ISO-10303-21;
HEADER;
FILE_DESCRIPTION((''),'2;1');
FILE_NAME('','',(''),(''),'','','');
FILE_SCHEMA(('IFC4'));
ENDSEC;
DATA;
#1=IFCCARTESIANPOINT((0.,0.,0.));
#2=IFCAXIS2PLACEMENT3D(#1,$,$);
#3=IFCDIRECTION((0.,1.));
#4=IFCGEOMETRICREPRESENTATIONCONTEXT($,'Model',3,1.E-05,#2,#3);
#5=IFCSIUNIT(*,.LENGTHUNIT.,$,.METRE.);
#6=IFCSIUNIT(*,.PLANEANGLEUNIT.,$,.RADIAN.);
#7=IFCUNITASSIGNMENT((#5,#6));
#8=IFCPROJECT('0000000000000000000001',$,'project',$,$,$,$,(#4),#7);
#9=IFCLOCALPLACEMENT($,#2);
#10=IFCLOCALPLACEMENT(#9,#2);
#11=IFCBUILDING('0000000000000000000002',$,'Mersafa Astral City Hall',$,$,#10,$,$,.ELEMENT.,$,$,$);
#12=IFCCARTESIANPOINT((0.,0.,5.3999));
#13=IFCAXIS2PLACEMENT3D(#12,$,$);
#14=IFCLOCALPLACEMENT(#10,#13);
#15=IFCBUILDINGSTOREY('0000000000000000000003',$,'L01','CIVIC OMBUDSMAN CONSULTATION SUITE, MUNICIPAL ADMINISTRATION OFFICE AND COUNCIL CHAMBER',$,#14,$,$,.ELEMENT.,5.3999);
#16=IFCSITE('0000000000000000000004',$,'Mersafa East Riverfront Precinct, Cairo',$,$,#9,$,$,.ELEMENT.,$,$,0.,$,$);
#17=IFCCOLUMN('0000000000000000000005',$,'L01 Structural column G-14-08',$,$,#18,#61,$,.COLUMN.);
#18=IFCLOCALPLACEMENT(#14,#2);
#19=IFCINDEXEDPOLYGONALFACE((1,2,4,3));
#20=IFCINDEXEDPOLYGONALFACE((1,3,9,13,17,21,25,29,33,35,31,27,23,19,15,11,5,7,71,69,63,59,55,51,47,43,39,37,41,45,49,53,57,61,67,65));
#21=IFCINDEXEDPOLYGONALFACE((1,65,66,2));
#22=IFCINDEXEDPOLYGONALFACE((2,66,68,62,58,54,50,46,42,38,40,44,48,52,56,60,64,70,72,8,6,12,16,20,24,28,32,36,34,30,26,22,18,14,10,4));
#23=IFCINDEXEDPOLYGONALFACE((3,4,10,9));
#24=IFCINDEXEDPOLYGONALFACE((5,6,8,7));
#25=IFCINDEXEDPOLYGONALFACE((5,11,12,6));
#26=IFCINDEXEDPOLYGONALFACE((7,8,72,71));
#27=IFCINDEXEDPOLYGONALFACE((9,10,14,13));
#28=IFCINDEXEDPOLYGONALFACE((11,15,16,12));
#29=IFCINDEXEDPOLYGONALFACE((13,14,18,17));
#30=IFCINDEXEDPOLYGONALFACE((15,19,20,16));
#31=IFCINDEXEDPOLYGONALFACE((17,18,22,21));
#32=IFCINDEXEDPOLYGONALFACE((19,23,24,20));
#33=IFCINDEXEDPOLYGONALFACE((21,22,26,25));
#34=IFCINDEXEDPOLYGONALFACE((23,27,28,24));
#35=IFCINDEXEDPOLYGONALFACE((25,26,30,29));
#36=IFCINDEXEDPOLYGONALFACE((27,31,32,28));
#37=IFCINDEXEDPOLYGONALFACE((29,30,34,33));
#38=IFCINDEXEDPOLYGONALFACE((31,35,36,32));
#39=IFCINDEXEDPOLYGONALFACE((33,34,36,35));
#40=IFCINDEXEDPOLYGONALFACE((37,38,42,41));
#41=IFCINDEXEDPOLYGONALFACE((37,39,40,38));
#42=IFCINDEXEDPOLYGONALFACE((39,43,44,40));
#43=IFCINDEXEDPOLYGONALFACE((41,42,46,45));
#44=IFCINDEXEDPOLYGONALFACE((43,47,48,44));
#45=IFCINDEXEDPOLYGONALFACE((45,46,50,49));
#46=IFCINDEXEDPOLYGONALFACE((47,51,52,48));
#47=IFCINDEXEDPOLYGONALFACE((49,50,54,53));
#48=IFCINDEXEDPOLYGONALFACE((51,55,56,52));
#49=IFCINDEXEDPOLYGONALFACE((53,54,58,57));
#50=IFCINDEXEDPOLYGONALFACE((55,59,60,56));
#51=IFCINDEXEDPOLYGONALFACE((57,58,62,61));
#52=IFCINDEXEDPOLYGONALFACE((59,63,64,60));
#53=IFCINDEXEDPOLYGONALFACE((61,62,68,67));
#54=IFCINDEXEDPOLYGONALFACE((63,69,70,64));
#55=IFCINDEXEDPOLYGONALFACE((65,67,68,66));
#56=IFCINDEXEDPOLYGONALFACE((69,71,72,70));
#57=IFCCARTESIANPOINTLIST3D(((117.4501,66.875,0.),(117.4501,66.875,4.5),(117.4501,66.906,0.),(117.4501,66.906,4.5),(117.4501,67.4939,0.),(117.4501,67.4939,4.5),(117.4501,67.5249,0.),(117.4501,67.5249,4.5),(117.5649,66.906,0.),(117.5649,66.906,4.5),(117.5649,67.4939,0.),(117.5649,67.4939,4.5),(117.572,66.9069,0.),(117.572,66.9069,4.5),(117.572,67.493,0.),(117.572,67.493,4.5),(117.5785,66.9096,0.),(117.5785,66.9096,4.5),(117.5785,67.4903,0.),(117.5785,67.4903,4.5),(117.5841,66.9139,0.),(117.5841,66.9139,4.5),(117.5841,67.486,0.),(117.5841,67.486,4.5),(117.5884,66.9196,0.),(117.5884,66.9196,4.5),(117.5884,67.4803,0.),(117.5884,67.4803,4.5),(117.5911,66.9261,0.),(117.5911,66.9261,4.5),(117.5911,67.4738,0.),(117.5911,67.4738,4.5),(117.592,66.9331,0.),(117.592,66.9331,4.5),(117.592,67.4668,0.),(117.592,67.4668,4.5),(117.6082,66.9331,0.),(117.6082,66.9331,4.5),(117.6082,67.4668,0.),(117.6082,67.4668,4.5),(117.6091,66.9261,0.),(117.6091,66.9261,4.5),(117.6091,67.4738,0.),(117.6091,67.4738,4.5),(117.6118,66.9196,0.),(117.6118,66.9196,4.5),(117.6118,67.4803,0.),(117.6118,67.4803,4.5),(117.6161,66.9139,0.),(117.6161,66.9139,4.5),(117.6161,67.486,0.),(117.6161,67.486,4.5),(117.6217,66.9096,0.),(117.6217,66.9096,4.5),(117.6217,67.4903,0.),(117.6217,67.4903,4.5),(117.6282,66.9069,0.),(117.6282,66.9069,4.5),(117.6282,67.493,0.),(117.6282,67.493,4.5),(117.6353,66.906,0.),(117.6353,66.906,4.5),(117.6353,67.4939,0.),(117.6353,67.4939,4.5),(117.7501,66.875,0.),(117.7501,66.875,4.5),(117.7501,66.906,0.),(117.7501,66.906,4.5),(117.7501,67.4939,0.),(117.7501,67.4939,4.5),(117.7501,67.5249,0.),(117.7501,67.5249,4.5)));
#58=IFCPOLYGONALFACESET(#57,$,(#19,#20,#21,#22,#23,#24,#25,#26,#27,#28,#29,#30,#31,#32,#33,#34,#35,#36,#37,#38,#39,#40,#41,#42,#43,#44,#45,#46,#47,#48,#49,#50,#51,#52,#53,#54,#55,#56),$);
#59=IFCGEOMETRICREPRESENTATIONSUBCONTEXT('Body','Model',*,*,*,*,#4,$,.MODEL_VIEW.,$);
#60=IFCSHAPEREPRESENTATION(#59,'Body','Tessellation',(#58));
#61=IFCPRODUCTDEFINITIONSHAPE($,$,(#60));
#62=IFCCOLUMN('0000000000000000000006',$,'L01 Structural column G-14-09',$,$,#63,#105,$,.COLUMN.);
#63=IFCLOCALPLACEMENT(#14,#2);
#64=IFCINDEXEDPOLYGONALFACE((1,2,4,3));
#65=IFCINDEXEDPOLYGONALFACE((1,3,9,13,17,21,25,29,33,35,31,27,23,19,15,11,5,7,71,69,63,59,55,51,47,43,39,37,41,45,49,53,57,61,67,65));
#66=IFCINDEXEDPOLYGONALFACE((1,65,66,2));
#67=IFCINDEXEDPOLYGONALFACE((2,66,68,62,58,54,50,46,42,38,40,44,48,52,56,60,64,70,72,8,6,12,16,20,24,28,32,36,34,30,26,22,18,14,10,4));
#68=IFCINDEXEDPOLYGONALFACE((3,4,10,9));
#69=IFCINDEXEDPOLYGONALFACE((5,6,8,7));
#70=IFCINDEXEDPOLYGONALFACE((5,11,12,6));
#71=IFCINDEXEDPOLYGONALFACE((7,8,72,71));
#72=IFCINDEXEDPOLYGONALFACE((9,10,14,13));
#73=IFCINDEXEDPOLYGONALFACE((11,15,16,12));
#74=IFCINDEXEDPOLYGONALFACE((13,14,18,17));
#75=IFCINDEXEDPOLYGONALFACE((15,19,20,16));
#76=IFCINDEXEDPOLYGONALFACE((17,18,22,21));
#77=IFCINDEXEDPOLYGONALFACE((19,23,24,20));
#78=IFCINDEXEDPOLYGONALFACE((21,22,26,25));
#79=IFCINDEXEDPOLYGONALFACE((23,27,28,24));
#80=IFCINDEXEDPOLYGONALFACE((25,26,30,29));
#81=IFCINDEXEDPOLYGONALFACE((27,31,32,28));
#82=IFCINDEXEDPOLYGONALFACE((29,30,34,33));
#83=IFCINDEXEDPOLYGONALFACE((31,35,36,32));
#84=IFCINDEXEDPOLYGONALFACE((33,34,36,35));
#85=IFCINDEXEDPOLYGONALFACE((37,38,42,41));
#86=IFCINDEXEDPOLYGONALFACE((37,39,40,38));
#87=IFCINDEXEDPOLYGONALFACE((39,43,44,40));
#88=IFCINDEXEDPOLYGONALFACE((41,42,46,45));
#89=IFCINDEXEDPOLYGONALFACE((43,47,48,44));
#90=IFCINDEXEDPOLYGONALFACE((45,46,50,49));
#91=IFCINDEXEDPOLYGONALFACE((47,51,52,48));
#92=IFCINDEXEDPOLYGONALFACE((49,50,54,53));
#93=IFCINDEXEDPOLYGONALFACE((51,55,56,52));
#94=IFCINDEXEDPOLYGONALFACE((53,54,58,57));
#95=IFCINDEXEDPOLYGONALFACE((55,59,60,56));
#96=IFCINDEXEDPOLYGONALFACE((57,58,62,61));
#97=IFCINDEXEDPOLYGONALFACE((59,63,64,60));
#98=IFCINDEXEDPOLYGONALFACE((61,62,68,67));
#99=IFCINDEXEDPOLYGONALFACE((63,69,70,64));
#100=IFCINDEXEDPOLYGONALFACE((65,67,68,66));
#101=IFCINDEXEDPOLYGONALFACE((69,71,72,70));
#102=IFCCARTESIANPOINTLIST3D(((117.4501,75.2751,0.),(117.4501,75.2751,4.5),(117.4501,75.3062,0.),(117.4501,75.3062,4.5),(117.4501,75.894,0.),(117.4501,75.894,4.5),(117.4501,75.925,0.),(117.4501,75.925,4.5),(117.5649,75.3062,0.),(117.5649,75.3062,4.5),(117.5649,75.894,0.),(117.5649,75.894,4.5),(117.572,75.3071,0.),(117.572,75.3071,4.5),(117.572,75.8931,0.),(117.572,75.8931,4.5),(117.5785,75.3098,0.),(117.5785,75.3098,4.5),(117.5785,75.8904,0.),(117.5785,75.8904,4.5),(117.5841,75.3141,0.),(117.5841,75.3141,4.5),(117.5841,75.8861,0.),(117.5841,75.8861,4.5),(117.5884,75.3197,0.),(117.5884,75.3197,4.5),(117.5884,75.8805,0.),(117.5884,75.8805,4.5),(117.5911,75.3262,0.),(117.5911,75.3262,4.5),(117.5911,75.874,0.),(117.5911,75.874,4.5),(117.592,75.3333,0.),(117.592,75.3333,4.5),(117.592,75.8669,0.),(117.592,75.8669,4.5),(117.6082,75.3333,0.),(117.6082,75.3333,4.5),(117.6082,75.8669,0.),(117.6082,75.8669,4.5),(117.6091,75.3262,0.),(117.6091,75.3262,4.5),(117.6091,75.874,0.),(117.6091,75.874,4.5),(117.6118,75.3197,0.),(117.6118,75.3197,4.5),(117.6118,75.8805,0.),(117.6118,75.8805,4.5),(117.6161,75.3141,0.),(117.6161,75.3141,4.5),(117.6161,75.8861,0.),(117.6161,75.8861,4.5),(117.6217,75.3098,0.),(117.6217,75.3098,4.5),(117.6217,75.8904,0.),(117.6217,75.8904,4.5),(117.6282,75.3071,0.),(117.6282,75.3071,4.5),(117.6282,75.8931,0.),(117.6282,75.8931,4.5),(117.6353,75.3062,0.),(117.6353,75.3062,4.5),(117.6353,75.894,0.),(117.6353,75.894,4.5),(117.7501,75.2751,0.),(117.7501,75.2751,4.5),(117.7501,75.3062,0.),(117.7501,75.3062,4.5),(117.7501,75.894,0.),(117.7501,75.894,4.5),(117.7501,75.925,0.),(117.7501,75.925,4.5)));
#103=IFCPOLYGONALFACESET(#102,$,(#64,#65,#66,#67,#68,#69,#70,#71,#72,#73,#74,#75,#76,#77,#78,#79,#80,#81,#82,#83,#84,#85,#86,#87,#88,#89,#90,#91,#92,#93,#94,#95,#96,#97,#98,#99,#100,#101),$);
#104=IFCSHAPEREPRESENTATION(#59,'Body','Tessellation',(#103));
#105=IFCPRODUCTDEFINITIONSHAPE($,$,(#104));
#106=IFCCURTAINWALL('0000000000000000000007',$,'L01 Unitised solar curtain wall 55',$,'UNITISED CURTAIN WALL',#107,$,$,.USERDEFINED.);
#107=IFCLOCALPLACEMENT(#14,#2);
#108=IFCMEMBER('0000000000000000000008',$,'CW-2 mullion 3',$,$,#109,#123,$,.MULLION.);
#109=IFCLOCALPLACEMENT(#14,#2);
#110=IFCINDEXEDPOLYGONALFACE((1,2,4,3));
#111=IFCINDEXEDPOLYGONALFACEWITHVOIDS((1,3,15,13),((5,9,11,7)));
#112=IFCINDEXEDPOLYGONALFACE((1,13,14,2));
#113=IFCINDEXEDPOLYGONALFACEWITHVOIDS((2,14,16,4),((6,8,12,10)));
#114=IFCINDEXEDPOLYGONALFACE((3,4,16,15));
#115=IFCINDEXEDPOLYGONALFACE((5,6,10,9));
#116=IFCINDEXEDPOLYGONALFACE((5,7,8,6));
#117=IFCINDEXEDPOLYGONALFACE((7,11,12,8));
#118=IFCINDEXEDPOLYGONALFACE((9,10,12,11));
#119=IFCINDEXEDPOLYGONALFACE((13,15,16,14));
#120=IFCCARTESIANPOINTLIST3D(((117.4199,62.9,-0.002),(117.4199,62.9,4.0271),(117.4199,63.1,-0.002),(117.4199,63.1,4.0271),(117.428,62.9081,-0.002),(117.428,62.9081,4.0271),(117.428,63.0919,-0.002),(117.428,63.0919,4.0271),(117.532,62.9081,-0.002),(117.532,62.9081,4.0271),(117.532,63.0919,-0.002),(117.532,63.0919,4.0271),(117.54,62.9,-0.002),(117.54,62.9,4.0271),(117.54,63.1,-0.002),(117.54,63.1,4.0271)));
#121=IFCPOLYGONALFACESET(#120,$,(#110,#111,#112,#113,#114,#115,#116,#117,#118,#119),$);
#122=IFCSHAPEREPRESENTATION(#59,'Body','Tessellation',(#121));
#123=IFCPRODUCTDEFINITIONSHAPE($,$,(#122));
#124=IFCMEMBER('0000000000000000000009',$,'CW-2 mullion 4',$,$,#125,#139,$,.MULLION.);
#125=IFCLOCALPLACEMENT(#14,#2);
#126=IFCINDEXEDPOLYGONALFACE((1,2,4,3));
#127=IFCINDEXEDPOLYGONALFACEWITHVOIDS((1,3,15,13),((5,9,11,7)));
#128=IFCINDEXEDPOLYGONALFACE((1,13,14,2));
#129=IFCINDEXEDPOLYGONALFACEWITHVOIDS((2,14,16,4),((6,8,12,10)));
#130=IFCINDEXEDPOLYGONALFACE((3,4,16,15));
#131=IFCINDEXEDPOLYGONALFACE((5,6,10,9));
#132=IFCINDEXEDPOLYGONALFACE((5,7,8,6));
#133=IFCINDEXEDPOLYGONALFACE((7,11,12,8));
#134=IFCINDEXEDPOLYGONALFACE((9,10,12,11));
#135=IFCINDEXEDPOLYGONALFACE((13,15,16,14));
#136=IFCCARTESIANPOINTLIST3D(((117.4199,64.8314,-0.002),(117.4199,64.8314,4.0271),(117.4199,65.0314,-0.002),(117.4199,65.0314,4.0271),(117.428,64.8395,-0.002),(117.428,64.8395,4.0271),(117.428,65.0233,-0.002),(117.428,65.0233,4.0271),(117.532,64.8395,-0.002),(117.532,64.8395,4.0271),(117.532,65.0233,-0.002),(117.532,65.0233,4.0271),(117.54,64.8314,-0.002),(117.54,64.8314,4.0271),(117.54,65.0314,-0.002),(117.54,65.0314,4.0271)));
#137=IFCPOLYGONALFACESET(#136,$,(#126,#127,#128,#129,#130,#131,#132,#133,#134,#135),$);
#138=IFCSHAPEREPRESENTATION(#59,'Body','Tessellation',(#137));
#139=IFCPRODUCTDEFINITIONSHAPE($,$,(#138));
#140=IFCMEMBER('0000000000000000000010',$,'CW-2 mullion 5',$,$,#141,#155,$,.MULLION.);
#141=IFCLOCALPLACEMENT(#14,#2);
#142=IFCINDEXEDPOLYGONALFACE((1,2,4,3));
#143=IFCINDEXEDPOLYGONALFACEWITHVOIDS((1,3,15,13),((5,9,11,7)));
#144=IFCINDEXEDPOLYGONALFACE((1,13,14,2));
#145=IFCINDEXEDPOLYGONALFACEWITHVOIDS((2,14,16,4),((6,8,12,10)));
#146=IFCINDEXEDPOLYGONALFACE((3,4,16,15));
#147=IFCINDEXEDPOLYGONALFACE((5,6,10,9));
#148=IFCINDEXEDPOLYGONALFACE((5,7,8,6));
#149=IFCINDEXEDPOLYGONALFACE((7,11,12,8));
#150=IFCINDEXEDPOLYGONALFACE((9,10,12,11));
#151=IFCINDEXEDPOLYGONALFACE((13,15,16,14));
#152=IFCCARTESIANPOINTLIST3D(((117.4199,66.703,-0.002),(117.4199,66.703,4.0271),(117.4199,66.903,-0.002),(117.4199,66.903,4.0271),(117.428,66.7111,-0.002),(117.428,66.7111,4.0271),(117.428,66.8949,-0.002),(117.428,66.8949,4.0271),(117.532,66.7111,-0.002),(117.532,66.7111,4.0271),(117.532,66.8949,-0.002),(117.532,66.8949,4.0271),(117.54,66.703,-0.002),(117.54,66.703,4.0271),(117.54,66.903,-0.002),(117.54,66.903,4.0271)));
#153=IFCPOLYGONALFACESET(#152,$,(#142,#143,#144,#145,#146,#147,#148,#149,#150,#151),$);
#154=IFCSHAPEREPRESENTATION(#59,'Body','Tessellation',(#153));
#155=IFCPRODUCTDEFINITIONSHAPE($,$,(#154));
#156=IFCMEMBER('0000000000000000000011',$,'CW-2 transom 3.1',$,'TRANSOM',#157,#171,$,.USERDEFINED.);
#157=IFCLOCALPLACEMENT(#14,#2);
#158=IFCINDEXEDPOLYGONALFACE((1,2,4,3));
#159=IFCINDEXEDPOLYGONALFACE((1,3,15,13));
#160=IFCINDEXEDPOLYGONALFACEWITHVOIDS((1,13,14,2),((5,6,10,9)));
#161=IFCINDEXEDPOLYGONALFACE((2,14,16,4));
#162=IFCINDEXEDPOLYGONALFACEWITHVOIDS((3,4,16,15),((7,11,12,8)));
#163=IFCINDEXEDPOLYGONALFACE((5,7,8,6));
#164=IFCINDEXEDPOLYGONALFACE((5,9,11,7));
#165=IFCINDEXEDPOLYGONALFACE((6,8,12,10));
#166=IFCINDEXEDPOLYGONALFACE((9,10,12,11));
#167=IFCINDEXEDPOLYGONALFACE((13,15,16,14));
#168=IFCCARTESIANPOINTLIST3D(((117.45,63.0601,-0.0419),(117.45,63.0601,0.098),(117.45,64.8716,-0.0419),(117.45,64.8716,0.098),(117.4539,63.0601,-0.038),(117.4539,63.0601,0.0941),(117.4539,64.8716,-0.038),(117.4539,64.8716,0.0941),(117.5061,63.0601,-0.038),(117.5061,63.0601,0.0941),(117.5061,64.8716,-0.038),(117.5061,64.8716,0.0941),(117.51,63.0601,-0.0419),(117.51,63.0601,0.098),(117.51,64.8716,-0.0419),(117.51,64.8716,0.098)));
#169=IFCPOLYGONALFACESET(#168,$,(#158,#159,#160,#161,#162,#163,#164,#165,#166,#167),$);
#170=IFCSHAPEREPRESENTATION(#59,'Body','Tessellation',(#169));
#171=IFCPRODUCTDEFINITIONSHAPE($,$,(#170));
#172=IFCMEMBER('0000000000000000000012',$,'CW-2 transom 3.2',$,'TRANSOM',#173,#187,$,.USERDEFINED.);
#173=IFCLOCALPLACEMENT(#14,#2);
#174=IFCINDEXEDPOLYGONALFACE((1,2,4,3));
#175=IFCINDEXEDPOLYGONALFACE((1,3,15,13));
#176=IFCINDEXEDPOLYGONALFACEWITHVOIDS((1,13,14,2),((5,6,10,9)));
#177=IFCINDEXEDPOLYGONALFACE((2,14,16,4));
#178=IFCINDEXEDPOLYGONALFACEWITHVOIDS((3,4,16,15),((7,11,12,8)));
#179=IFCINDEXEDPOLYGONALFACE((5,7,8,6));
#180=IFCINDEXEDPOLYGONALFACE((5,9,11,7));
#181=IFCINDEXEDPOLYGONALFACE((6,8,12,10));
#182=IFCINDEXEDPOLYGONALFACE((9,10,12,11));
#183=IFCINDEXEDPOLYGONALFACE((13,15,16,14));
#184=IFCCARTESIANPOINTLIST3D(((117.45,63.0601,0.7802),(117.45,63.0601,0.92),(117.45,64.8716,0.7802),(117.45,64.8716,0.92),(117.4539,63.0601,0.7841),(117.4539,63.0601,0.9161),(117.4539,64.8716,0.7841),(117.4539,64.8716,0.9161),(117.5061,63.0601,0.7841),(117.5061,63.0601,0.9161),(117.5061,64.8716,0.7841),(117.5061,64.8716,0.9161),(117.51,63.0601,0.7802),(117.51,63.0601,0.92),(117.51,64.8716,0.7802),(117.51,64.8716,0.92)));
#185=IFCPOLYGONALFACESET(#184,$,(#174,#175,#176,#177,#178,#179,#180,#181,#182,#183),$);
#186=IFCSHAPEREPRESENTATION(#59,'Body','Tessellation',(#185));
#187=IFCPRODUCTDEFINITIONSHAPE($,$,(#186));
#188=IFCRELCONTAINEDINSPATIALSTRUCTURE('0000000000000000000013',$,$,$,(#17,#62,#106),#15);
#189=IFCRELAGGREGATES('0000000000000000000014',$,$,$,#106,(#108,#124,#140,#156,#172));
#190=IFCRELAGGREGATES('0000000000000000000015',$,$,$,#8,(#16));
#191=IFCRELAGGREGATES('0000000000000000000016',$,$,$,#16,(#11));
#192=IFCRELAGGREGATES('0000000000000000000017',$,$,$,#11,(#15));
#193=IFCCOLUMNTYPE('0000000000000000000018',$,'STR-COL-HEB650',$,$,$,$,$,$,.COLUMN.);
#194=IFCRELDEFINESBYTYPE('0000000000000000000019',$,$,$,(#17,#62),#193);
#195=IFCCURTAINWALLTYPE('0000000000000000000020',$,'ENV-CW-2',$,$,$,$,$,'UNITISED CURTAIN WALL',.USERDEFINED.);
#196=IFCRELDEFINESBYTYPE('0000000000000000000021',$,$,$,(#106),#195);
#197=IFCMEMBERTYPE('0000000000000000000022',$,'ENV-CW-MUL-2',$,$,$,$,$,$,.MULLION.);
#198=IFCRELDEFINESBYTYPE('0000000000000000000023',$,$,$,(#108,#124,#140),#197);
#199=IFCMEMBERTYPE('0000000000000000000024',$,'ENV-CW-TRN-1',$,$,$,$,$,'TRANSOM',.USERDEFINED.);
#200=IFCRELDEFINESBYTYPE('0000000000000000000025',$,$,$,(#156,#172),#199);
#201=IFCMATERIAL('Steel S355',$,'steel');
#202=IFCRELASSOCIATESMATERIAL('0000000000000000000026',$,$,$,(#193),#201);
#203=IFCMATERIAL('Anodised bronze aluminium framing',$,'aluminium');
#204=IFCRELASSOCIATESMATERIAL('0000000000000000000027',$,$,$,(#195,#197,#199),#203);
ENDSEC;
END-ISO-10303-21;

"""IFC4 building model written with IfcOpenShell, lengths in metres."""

from ifc_helpers import new_model, si_unit, direction, frame, origin, origin_2d, place, context, subcontext, project, spatial, hollow_rectangle, i_section, extrude, material, material_profile, profile_set, type_object, element, aggregate, save


model = new_model("IFC4")

# Units and contexts
model_context = context("Model", 3, precision=1e-05, world=origin(), true_north=direction((0.0, 1.0)))
body_context = subcontext(model_context, "Body", "Model", "MODEL_VIEW")
ifc_project = project(units=[si_unit("LENGTHUNIT", "METRE"), si_unit("PLANEANGLEUNIT", "RADIAN")], contexts=[model_context])

# Site, building, storey
site_placement = place(None, origin())
site = spatial("IfcSite", under=ifc_project, at=site_placement, Name="Mersafa East Riverfront Precinct, Cairo", CompositionType="ELEMENT", RefElevation=0.0)
building_placement = place(site_placement, origin())
building = spatial("IfcBuilding", under=site, at=building_placement, Name="Mersafa Astral City Hall", CompositionType="ELEMENT")
storey_placement = place(building_placement, frame((0.0, 0.0, 5.3999)))
storey = spatial("IfcBuildingStorey", under=building, at=storey_placement, Name="L01", Description="CIVIC OMBUDSMAN CONSULTATION SUITE, MUNICIPAL ADMINISTRATION OFFICE AND COUNCIL CHAMBER", CompositionType="ELEMENT", Elevation=5.3999)

# Columns
ifc_material_1 = material(Name="Steel S355", Category="steel")
ifc_material_profile_1 = material_profile(ifc_material_1, i_section(OverallWidth=0.3, OverallDepth=0.6499, WebThickness=0.0161, FlangeThickness=0.031, FilletRadius=0.0271, at=origin_2d()), Name="HEB 650")
ifc_profile_set_1 = profile_set([ifc_material_profile_1], Name="Steel S355")
column_type = type_object("IfcColumnType", Name="STR-COL-HEB650", PredefinedType="COLUMN", material=ifc_profile_set_1)
for number, where, z_axis, x_axis, name in (
    (1, (117.6001, 67.2, 0.0), (0.0, 0.0, 1.0), (1.0, 0.0, 0.0), "L01 Structural column G-14-08"),
    (2, (117.6001, 75.6001, 0.0), (0.0, 0.0, 1.0), (1.0, 0.0, 0.0), "L01 Structural column G-14-09"),
):
    element("IfcColumn", number, at=place(storey_placement, frame(where, z_axis=z_axis, x_axis=x_axis)), inside=storey, type_object=column_type, Name=name, PredefinedType="COLUMN", context=body_context, shape_type="SweptSolid", body=[
        extrude(i_section(OverallWidth=0.3, OverallDepth=0.6499, WebThickness=0.0161, FlangeThickness=0.031, FilletRadius=0.0271, at=origin_2d()), origin(), (0.0, 0.0, 1.0), 4.5),
    ])

# Curtain wall, members
ifc_material_2 = material(Name="Anodised bronze aluminium framing", Category="aluminium")
curtain_wall_type = type_object("IfcCurtainWallType", Name="ENV-CW-2", ElementType="UNITISED CURTAIN WALL", PredefinedType="USERDEFINED", material=ifc_material_2)
curtain_wall_placement = place(storey_placement, origin())
curtain_wall = element("IfcCurtainWall", 3, at=curtain_wall_placement, inside=storey, type_object=curtain_wall_type, Name="L01 Unitised solar curtain wall 55", ObjectType="UNITISED CURTAIN WALL", PredefinedType="USERDEFINED")
ifc_material_profile_2 = material_profile(ifc_material_2, hollow_rectangle(XDim=0.1201, YDim=0.2, WallThickness=0.0081, at=origin_2d()), Name="RHS 120x200x8")
ifc_profile_set_2 = profile_set([ifc_material_profile_2], Name="Anodised bronze aluminium framing")
member_type_1 = type_object("IfcMemberType", Name="ENV-CW-MUL-2", PredefinedType="MULLION", material=ifc_profile_set_2)
member_1_placement = place(storey_placement, frame((117.48, 63.0, -0.002), z_axis=(0.0, 0.0, 1.0), x_axis=(-1.0, 0.0, 0.0)))
member_1 = element("IfcMember", 4, at=member_1_placement, type_object=member_type_1, Name="CW-2 mullion 3", PredefinedType="MULLION", context=body_context, shape_type="SweptSolid", body=[
    extrude(hollow_rectangle(XDim=0.1201, YDim=0.2, WallThickness=0.0081, at=origin_2d()), origin(), (0.0, 0.0, 1.0), 4.0291),
])
member_2_placement = place(storey_placement, frame((117.48, 64.9314, -0.002), z_axis=(0.0, 0.0, 1.0), x_axis=(-1.0, 0.0, 0.0)))
member_2 = element("IfcMember", 5, at=member_2_placement, type_object=member_type_1, Name="CW-2 mullion 4", PredefinedType="MULLION", context=body_context, shape_type="SweptSolid", body=[
    extrude(hollow_rectangle(XDim=0.1201, YDim=0.2, WallThickness=0.0081, at=origin_2d()), origin(), (0.0, 0.0, 1.0), 4.0291),
])
member_3_placement = place(storey_placement, frame((117.48, 66.803, -0.002), z_axis=(0.0, 0.0, 1.0), x_axis=(-1.0, 0.0, 0.0)))
member_3 = element("IfcMember", 6, at=member_3_placement, type_object=member_type_1, Name="CW-2 mullion 5", PredefinedType="MULLION", context=body_context, shape_type="SweptSolid", body=[
    extrude(hollow_rectangle(XDim=0.1201, YDim=0.2, WallThickness=0.0081, at=origin_2d()), origin(), (0.0, 0.0, 1.0), 4.0291),
])
ifc_material_profile_3 = material_profile(ifc_material_2, hollow_rectangle(XDim=0.0601, YDim=0.1399, WallThickness=0.0039, at=origin_2d()), Name="RHS 60x140x4")
ifc_profile_set_3 = profile_set([ifc_material_profile_3], Name="Anodised bronze aluminium framing")
member_type_2 = type_object("IfcMemberType", Name="ENV-CW-TRN-1", ElementType="TRANSOM", PredefinedType="USERDEFINED", material=ifc_profile_set_3)
member_4_placement = place(storey_placement, frame((117.48, 63.0601, 0.0281), z_axis=(0.0, 1.0, 0.0), x_axis=(-1.0, 0.0, 0.0)))
member_4 = element("IfcMember", 7, at=member_4_placement, type_object=member_type_2, Name="CW-2 transom 3.1", ObjectType="TRANSOM", PredefinedType="USERDEFINED", context=body_context, shape_type="SweptSolid", body=[
    extrude(hollow_rectangle(XDim=0.0601, YDim=0.1399, WallThickness=0.0039, at=origin_2d()), origin(), (0.0, 0.0, 1.0), 1.8115),
])
member_5_placement = place(storey_placement, frame((117.48, 63.0601, 0.8501), z_axis=(0.0, 1.0, 0.0), x_axis=(-1.0, 0.0, 0.0)))
member_5 = element("IfcMember", 8, at=member_5_placement, type_object=member_type_2, Name="CW-2 transom 3.2", ObjectType="TRANSOM", PredefinedType="USERDEFINED", context=body_context, shape_type="SweptSolid", body=[
    extrude(hollow_rectangle(XDim=0.0601, YDim=0.1399, WallThickness=0.0039, at=origin_2d()), origin(), (0.0, 0.0, 1.0), 1.8115),
])

aggregate(curtain_wall, [member_1, member_2, member_3, member_4, member_5])

save(model, "model.ifc")
